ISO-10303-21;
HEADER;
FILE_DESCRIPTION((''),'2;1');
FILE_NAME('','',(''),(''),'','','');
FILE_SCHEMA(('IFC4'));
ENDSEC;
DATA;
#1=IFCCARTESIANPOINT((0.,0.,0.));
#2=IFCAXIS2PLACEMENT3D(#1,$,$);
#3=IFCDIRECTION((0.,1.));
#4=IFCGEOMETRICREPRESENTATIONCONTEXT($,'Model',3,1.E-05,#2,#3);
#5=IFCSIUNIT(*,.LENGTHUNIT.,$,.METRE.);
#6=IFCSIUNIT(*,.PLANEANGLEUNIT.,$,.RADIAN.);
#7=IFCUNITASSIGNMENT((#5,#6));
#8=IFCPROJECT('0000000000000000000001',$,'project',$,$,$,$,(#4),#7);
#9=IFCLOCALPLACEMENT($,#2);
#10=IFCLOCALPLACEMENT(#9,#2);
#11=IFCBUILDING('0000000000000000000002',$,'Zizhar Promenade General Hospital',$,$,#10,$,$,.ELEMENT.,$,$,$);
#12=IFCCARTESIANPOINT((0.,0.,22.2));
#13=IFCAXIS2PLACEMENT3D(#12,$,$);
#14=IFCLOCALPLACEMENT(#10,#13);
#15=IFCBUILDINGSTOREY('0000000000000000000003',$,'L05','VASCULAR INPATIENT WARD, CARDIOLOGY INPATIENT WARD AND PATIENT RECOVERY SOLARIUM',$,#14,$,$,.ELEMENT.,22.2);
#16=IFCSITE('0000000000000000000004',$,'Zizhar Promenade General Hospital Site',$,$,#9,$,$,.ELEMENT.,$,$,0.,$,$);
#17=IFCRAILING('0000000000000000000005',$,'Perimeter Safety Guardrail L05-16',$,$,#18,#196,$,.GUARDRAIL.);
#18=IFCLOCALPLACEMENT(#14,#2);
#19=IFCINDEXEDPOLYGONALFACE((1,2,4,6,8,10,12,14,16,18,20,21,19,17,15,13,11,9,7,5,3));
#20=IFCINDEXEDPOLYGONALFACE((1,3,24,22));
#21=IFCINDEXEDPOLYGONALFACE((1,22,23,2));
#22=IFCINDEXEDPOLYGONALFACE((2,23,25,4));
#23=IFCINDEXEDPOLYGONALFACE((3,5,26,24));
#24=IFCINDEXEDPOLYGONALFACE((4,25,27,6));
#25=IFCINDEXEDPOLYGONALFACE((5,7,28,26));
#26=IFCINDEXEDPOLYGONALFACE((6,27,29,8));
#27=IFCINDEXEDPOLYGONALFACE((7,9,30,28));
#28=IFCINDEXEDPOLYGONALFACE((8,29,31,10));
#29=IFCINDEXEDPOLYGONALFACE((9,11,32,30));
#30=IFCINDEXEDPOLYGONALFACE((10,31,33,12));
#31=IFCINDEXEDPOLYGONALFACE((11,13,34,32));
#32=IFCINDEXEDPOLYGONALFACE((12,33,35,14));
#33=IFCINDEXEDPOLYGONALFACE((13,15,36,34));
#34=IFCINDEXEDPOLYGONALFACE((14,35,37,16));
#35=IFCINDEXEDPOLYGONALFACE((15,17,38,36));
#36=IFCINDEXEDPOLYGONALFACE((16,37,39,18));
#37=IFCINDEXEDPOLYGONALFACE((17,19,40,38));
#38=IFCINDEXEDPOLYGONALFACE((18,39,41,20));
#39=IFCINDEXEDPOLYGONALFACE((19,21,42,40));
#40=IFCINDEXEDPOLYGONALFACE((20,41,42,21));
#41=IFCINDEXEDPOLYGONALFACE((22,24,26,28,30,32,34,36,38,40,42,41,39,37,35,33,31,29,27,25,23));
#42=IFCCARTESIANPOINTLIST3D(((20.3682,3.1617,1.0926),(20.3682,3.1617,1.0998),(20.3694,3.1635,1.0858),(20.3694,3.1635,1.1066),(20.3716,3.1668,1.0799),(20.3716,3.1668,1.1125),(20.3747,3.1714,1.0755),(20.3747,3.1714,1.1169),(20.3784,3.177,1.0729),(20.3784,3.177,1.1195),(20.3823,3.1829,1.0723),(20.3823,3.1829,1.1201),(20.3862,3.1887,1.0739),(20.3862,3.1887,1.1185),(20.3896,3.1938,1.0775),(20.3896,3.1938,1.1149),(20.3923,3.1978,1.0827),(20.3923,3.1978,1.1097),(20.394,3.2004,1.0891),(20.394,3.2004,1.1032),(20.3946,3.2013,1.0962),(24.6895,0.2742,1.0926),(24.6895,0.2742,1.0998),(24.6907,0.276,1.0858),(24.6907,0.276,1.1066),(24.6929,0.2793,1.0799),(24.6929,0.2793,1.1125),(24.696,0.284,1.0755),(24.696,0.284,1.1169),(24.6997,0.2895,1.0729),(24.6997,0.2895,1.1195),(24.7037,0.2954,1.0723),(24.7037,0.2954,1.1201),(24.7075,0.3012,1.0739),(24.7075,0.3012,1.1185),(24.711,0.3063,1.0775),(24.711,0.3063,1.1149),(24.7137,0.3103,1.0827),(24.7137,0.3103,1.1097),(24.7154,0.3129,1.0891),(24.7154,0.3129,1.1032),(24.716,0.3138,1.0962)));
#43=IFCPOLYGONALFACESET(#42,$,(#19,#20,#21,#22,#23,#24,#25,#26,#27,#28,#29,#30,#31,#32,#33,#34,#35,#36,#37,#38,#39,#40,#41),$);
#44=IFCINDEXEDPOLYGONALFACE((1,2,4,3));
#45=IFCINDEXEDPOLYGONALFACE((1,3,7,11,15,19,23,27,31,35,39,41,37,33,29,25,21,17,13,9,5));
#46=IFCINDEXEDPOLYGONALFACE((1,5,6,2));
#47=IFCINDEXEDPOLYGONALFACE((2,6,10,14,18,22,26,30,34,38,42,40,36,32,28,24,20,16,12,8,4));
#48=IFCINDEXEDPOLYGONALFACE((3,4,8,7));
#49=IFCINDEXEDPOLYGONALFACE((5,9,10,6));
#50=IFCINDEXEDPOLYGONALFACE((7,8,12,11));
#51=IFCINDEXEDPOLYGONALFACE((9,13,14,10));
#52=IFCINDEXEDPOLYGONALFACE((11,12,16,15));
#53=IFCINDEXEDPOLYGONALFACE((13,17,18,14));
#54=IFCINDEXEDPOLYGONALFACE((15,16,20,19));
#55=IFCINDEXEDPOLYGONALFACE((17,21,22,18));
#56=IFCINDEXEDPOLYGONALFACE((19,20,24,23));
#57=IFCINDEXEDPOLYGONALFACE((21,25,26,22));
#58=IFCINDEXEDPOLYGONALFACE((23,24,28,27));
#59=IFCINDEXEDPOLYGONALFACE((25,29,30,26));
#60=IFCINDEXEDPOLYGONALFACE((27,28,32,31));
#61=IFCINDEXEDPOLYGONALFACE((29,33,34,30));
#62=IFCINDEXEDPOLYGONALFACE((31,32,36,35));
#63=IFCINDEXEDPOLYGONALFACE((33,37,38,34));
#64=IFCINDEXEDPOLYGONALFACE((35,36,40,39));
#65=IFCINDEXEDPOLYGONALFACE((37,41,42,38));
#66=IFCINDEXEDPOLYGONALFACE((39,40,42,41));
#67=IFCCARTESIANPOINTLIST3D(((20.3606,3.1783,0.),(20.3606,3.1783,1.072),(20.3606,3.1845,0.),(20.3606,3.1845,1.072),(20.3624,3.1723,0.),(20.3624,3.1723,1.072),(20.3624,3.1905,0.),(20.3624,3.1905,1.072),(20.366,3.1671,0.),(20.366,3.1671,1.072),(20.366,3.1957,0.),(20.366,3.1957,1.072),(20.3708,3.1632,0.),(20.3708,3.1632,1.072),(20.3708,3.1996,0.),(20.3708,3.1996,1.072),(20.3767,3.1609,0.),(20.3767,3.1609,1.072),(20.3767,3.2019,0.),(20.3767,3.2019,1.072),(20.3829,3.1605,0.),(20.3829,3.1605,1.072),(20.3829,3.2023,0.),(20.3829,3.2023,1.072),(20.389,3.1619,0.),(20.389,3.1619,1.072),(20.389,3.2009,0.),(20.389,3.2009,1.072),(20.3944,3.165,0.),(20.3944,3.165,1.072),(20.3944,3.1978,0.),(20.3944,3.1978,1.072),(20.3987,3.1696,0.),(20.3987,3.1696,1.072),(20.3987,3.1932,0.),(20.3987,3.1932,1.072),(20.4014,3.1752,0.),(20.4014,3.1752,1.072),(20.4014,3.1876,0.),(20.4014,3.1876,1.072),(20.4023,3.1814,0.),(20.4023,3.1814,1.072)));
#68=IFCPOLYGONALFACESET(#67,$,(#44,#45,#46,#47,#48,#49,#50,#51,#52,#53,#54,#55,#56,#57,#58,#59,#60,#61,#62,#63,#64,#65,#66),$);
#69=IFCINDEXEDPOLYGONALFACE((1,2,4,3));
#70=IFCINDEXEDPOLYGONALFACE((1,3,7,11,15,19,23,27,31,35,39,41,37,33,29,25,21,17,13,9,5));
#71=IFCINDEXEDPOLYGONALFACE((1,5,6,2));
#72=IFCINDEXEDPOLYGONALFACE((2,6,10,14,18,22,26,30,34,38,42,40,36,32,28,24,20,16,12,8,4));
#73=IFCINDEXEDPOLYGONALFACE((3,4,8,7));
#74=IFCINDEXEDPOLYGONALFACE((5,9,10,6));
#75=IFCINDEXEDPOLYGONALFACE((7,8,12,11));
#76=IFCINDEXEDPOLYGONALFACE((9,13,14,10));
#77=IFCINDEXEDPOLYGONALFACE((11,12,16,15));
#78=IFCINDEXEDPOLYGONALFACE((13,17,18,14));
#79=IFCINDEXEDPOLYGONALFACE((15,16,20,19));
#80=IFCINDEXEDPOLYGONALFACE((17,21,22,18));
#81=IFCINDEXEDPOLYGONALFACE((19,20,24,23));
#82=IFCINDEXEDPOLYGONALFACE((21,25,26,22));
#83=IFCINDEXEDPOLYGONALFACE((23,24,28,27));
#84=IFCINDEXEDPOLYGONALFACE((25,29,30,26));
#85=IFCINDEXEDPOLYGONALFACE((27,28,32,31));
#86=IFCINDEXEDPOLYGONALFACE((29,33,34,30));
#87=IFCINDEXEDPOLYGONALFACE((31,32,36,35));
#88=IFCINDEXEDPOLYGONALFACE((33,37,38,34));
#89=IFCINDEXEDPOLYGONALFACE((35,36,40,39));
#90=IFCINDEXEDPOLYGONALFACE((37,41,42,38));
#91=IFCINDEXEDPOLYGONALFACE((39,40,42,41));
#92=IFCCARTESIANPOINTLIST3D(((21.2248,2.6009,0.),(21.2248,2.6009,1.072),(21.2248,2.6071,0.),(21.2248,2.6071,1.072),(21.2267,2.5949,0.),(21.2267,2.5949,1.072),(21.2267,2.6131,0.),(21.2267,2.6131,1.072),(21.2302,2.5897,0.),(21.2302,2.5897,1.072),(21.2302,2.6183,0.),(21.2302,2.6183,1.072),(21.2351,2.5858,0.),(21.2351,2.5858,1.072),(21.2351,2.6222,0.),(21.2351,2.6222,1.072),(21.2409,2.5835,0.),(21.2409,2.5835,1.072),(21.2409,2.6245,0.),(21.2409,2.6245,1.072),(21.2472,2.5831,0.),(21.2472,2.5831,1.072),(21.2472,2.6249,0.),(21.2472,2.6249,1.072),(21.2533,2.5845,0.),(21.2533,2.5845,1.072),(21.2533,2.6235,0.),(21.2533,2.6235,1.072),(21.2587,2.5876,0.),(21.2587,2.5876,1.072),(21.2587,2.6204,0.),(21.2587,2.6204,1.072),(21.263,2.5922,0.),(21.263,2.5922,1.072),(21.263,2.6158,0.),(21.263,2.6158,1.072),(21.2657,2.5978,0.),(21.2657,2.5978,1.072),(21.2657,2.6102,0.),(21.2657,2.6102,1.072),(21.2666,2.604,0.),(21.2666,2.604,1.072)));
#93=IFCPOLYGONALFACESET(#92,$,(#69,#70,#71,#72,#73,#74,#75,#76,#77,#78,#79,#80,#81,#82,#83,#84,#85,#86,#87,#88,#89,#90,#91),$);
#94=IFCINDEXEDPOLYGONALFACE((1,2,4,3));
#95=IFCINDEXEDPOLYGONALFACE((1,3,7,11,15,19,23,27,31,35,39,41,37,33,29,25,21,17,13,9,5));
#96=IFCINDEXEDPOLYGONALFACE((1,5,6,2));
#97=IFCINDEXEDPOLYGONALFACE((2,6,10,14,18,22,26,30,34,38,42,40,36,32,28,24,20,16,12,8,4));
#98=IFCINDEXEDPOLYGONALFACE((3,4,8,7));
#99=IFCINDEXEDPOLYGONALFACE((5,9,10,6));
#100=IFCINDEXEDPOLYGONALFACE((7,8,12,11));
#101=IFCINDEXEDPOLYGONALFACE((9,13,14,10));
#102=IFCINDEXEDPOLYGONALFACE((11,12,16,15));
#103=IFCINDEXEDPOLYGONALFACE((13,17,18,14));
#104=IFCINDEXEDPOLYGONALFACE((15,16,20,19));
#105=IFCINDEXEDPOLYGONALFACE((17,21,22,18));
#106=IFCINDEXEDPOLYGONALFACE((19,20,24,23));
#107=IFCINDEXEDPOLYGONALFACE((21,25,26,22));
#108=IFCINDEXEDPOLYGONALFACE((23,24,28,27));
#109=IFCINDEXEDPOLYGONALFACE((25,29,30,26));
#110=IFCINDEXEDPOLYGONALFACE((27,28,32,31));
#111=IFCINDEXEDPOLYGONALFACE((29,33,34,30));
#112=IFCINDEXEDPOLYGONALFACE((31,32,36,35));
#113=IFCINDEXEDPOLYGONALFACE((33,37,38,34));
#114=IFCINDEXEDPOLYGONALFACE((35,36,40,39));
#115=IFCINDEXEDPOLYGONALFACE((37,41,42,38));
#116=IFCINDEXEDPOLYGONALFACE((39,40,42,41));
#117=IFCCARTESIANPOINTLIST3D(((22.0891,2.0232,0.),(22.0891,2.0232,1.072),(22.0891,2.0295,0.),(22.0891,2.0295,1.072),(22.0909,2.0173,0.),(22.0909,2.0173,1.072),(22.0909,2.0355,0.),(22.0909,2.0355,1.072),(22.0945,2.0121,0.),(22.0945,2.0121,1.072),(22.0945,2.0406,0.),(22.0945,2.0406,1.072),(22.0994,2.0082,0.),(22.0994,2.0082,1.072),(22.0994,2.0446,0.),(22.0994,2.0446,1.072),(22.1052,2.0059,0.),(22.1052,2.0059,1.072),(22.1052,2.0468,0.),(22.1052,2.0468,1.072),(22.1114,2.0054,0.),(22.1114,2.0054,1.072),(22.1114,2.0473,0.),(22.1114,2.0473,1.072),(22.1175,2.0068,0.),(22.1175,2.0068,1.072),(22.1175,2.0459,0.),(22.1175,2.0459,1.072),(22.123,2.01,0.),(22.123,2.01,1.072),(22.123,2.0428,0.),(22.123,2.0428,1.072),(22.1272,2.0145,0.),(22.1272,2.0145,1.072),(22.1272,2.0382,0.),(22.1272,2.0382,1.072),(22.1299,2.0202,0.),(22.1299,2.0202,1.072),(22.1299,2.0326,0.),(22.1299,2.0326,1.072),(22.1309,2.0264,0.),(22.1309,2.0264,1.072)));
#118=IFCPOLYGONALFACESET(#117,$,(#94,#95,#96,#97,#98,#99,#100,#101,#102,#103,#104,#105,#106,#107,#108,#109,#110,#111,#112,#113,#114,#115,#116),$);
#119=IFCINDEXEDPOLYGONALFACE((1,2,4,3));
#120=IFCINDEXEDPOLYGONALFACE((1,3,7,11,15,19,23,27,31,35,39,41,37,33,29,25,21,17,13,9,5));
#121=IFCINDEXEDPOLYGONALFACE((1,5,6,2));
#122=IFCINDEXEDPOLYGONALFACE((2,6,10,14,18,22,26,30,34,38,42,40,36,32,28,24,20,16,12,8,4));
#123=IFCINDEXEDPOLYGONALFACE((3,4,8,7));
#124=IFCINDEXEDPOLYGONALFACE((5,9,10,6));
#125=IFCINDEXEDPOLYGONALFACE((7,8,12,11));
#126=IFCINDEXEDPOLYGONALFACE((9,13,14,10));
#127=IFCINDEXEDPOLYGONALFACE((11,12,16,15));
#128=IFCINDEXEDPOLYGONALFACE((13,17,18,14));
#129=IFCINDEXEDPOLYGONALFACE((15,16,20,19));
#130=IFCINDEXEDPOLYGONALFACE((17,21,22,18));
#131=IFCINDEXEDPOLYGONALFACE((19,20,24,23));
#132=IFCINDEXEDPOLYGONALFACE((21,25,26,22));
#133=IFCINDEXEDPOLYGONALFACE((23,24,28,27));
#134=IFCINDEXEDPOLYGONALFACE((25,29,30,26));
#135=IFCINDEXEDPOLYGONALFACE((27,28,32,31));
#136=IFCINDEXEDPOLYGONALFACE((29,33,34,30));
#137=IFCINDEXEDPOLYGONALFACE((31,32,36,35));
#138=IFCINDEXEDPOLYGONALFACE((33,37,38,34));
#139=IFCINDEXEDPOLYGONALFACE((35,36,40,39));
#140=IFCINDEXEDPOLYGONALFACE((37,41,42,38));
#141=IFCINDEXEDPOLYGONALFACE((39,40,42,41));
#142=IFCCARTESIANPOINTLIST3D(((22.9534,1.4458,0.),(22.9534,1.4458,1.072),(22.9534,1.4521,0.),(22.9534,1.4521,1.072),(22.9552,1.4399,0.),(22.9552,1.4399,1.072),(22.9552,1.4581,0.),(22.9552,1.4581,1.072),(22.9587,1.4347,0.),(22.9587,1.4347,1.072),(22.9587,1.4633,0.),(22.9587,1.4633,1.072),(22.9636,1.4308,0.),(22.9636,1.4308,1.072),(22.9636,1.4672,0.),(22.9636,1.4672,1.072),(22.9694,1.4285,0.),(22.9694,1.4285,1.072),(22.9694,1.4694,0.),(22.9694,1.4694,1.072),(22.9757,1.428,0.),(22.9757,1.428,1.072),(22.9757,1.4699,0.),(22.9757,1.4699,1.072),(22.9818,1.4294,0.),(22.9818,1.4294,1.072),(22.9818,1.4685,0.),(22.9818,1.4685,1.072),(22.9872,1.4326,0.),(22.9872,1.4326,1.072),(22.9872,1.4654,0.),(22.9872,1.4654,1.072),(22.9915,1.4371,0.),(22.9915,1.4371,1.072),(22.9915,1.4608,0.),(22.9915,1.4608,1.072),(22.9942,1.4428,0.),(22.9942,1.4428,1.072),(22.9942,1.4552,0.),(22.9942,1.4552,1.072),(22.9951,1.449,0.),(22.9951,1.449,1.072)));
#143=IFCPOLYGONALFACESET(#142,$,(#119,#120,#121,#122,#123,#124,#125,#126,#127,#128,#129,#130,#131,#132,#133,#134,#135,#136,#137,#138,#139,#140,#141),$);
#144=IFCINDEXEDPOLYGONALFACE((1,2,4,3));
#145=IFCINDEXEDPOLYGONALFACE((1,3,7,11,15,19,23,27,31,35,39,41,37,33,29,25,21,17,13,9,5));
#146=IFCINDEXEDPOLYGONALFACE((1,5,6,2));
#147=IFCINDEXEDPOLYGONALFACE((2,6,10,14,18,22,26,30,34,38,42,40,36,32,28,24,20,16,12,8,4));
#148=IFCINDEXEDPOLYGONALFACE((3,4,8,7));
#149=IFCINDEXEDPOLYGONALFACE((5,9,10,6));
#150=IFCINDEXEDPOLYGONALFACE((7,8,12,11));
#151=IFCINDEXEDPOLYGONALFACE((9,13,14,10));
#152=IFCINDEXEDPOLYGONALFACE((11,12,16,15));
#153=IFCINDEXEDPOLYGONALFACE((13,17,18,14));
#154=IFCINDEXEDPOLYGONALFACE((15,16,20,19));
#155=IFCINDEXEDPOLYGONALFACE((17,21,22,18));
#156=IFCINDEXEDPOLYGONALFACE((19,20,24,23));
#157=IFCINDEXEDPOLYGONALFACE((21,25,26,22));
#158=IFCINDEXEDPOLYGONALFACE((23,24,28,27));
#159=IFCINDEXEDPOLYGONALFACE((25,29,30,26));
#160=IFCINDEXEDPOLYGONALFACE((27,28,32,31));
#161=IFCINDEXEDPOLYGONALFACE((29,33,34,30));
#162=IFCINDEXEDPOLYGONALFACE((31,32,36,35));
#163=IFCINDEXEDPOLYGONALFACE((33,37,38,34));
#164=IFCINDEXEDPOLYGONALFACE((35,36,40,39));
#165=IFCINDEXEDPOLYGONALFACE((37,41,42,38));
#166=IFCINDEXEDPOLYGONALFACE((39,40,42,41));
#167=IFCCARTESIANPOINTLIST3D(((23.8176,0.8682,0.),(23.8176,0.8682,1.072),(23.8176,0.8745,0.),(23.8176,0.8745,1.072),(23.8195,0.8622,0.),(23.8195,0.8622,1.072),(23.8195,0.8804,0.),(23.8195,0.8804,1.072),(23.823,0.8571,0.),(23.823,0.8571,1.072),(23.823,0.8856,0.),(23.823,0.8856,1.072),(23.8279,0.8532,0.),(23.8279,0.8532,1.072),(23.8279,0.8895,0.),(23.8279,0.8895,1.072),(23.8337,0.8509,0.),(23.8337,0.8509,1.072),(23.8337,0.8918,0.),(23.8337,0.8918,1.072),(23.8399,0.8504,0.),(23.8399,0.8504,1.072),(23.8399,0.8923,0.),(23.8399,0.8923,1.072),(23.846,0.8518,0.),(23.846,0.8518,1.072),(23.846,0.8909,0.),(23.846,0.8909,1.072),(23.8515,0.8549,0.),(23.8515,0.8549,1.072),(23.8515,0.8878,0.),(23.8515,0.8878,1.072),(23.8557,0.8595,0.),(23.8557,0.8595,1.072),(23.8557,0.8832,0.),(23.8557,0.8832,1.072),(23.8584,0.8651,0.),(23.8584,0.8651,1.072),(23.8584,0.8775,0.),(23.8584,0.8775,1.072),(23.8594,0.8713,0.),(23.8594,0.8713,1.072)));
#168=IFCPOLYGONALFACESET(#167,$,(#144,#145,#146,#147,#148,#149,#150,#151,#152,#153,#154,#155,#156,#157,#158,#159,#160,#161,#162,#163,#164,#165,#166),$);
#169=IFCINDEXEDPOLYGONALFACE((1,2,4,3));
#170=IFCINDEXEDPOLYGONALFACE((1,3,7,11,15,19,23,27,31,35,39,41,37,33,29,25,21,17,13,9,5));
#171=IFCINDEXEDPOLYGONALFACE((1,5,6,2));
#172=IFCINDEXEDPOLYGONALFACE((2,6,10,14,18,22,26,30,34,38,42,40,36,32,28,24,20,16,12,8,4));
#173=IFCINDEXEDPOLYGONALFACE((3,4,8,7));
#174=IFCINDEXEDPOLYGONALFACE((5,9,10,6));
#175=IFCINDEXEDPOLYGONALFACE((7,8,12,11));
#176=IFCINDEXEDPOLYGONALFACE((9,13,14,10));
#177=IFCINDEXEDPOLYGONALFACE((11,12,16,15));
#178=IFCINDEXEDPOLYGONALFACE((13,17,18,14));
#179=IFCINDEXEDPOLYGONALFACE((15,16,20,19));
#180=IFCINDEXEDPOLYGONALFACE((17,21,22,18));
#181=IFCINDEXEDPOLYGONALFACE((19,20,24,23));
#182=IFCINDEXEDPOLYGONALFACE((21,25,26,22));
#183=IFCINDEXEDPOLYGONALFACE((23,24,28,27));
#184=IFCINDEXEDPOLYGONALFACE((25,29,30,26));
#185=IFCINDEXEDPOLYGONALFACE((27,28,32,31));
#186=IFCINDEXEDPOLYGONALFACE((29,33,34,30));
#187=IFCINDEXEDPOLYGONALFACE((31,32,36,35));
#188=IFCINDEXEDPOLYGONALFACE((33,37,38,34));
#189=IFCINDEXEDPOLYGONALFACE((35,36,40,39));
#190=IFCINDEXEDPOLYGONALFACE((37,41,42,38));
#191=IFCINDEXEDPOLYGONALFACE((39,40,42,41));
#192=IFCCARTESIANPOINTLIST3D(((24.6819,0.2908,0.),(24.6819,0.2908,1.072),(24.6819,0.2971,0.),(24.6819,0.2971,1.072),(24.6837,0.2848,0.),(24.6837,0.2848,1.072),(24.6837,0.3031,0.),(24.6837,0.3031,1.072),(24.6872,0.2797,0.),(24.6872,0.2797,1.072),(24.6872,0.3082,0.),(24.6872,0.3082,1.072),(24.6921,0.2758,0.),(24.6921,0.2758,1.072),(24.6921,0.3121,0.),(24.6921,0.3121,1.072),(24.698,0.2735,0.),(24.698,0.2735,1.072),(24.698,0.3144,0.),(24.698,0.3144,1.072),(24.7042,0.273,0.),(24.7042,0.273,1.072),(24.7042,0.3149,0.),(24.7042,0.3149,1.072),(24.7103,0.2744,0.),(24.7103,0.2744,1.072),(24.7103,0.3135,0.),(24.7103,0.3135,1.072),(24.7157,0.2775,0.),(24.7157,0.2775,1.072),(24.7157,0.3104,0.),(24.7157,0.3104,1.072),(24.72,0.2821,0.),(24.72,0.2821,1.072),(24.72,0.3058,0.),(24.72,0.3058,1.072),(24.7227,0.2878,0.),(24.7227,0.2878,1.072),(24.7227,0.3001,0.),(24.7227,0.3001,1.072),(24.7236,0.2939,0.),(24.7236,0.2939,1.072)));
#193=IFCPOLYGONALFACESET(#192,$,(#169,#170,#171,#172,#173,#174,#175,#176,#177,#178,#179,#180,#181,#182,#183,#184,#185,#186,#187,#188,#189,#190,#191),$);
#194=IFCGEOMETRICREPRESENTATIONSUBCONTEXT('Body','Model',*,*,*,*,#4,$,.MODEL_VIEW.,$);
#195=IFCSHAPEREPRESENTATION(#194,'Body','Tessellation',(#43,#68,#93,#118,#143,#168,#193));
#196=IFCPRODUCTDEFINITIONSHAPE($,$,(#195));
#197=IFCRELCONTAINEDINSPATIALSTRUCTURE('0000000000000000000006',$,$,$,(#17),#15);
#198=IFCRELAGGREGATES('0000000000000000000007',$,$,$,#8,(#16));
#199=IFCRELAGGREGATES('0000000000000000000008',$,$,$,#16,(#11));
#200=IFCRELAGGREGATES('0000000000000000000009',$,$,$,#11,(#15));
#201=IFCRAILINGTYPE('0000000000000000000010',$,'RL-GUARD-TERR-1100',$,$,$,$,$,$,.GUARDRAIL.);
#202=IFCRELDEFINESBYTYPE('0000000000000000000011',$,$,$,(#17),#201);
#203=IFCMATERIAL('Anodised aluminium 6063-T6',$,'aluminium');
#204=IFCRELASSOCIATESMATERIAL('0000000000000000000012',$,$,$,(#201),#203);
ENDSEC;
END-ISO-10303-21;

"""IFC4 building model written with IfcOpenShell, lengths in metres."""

from ifc_helpers import new_model, si_unit, direction, frame, origin, origin_2d, place, context, subcontext, project, spatial, circle, hollow_circle, extrude, material, material_profile, profile_set, type_object, element, save


model = new_model("IFC4")

# Units and contexts
model_context = context("Model", 3, precision=1e-05, world=origin(), true_north=direction((0.0, 1.0)))
body_context = subcontext(model_context, "Body", "Model", "MODEL_VIEW")
ifc_project = project(units=[si_unit("LENGTHUNIT", "METRE"), si_unit("PLANEANGLEUNIT", "RADIAN")], contexts=[model_context])

# Site, building, storey
site_placement = place(None, origin())
site = spatial("IfcSite", under=ifc_project, at=site_placement, Name="Zizhar Promenade General Hospital Site", CompositionType="ELEMENT", RefElevation=0.0)
building_placement = place(site_placement, origin())
building = spatial("IfcBuilding", under=site, at=building_placement, Name="Zizhar Promenade General Hospital", CompositionType="ELEMENT")
storey_placement = place(building_placement, frame((0.0, 0.0, 22.2)))
storey = spatial("IfcBuildingStorey", under=building, at=storey_placement, Name="L05", Description="VASCULAR INPATIENT WARD, CARDIOLOGY INPATIENT WARD AND PATIENT RECOVERY SOLARIUM", CompositionType="ELEMENT", Elevation=22.2)

# Railing
ifc_material_1 = material(Name="Anodised aluminium 6063-T6", Category="aluminium")
ifc_material_profile_1 = material_profile(ifc_material_1, hollow_circle(Radius=0.0698, WallThickness=0.0063, at=origin_2d()))
ifc_profile_set_1 = profile_set([ifc_material_profile_1], Name="Anodised aluminium 6063-T6")
railing_type = type_object("IfcRailingType", Name="RL-GUARD-TERR-1100", PredefinedType="GUARDRAIL", material=ifc_profile_set_1)
railing_1_placement = place(storey_placement, frame((20.3813, 3.1814, 0.0)))
element("IfcRailing", 1, at=railing_1_placement, inside=storey, type_object=railing_type, Name="Perimeter Safety Guardrail L05-16", PredefinedType="GUARDRAIL", context=body_context, shape_type="SweptSolid", body=[
    extrude(circle(Radius=0.0239, at=origin_2d()), frame((0.0, 0.0, 1.0962), z_axis=(0.831464, -0.555578, 0.0), x_axis=(0.555578, 0.831464, 0.0)), (0.0, 0.0, 1.0), 5.1973),
    extrude(circle(Radius=0.021, at=origin_2d()), origin(), (0.0, 0.0, 1.0), 1.072),
    extrude(circle(Radius=0.021, at=origin_2d()), frame((0.8643, -0.5774, 0.0)), (0.0, 0.0, 1.0), 1.072),
    extrude(circle(Radius=0.021, at=origin_2d()), frame((1.7285, -1.155, 0.0)), (0.0, 0.0, 1.0), 1.072),
    extrude(circle(Radius=0.021, at=origin_2d()), frame((2.5928, -1.7324, 0.0)), (0.0, 0.0, 1.0), 1.072),
    extrude(circle(Radius=0.021, at=origin_2d()), frame((3.457, -2.3101, 0.0)), (0.0, 0.0, 1.0), 1.072),
    extrude(circle(Radius=0.021, at=origin_2d()), frame((4.3213, -2.8875, 0.0)), (0.0, 0.0, 1.0), 1.072),
])

save(model, "model.ifc")
